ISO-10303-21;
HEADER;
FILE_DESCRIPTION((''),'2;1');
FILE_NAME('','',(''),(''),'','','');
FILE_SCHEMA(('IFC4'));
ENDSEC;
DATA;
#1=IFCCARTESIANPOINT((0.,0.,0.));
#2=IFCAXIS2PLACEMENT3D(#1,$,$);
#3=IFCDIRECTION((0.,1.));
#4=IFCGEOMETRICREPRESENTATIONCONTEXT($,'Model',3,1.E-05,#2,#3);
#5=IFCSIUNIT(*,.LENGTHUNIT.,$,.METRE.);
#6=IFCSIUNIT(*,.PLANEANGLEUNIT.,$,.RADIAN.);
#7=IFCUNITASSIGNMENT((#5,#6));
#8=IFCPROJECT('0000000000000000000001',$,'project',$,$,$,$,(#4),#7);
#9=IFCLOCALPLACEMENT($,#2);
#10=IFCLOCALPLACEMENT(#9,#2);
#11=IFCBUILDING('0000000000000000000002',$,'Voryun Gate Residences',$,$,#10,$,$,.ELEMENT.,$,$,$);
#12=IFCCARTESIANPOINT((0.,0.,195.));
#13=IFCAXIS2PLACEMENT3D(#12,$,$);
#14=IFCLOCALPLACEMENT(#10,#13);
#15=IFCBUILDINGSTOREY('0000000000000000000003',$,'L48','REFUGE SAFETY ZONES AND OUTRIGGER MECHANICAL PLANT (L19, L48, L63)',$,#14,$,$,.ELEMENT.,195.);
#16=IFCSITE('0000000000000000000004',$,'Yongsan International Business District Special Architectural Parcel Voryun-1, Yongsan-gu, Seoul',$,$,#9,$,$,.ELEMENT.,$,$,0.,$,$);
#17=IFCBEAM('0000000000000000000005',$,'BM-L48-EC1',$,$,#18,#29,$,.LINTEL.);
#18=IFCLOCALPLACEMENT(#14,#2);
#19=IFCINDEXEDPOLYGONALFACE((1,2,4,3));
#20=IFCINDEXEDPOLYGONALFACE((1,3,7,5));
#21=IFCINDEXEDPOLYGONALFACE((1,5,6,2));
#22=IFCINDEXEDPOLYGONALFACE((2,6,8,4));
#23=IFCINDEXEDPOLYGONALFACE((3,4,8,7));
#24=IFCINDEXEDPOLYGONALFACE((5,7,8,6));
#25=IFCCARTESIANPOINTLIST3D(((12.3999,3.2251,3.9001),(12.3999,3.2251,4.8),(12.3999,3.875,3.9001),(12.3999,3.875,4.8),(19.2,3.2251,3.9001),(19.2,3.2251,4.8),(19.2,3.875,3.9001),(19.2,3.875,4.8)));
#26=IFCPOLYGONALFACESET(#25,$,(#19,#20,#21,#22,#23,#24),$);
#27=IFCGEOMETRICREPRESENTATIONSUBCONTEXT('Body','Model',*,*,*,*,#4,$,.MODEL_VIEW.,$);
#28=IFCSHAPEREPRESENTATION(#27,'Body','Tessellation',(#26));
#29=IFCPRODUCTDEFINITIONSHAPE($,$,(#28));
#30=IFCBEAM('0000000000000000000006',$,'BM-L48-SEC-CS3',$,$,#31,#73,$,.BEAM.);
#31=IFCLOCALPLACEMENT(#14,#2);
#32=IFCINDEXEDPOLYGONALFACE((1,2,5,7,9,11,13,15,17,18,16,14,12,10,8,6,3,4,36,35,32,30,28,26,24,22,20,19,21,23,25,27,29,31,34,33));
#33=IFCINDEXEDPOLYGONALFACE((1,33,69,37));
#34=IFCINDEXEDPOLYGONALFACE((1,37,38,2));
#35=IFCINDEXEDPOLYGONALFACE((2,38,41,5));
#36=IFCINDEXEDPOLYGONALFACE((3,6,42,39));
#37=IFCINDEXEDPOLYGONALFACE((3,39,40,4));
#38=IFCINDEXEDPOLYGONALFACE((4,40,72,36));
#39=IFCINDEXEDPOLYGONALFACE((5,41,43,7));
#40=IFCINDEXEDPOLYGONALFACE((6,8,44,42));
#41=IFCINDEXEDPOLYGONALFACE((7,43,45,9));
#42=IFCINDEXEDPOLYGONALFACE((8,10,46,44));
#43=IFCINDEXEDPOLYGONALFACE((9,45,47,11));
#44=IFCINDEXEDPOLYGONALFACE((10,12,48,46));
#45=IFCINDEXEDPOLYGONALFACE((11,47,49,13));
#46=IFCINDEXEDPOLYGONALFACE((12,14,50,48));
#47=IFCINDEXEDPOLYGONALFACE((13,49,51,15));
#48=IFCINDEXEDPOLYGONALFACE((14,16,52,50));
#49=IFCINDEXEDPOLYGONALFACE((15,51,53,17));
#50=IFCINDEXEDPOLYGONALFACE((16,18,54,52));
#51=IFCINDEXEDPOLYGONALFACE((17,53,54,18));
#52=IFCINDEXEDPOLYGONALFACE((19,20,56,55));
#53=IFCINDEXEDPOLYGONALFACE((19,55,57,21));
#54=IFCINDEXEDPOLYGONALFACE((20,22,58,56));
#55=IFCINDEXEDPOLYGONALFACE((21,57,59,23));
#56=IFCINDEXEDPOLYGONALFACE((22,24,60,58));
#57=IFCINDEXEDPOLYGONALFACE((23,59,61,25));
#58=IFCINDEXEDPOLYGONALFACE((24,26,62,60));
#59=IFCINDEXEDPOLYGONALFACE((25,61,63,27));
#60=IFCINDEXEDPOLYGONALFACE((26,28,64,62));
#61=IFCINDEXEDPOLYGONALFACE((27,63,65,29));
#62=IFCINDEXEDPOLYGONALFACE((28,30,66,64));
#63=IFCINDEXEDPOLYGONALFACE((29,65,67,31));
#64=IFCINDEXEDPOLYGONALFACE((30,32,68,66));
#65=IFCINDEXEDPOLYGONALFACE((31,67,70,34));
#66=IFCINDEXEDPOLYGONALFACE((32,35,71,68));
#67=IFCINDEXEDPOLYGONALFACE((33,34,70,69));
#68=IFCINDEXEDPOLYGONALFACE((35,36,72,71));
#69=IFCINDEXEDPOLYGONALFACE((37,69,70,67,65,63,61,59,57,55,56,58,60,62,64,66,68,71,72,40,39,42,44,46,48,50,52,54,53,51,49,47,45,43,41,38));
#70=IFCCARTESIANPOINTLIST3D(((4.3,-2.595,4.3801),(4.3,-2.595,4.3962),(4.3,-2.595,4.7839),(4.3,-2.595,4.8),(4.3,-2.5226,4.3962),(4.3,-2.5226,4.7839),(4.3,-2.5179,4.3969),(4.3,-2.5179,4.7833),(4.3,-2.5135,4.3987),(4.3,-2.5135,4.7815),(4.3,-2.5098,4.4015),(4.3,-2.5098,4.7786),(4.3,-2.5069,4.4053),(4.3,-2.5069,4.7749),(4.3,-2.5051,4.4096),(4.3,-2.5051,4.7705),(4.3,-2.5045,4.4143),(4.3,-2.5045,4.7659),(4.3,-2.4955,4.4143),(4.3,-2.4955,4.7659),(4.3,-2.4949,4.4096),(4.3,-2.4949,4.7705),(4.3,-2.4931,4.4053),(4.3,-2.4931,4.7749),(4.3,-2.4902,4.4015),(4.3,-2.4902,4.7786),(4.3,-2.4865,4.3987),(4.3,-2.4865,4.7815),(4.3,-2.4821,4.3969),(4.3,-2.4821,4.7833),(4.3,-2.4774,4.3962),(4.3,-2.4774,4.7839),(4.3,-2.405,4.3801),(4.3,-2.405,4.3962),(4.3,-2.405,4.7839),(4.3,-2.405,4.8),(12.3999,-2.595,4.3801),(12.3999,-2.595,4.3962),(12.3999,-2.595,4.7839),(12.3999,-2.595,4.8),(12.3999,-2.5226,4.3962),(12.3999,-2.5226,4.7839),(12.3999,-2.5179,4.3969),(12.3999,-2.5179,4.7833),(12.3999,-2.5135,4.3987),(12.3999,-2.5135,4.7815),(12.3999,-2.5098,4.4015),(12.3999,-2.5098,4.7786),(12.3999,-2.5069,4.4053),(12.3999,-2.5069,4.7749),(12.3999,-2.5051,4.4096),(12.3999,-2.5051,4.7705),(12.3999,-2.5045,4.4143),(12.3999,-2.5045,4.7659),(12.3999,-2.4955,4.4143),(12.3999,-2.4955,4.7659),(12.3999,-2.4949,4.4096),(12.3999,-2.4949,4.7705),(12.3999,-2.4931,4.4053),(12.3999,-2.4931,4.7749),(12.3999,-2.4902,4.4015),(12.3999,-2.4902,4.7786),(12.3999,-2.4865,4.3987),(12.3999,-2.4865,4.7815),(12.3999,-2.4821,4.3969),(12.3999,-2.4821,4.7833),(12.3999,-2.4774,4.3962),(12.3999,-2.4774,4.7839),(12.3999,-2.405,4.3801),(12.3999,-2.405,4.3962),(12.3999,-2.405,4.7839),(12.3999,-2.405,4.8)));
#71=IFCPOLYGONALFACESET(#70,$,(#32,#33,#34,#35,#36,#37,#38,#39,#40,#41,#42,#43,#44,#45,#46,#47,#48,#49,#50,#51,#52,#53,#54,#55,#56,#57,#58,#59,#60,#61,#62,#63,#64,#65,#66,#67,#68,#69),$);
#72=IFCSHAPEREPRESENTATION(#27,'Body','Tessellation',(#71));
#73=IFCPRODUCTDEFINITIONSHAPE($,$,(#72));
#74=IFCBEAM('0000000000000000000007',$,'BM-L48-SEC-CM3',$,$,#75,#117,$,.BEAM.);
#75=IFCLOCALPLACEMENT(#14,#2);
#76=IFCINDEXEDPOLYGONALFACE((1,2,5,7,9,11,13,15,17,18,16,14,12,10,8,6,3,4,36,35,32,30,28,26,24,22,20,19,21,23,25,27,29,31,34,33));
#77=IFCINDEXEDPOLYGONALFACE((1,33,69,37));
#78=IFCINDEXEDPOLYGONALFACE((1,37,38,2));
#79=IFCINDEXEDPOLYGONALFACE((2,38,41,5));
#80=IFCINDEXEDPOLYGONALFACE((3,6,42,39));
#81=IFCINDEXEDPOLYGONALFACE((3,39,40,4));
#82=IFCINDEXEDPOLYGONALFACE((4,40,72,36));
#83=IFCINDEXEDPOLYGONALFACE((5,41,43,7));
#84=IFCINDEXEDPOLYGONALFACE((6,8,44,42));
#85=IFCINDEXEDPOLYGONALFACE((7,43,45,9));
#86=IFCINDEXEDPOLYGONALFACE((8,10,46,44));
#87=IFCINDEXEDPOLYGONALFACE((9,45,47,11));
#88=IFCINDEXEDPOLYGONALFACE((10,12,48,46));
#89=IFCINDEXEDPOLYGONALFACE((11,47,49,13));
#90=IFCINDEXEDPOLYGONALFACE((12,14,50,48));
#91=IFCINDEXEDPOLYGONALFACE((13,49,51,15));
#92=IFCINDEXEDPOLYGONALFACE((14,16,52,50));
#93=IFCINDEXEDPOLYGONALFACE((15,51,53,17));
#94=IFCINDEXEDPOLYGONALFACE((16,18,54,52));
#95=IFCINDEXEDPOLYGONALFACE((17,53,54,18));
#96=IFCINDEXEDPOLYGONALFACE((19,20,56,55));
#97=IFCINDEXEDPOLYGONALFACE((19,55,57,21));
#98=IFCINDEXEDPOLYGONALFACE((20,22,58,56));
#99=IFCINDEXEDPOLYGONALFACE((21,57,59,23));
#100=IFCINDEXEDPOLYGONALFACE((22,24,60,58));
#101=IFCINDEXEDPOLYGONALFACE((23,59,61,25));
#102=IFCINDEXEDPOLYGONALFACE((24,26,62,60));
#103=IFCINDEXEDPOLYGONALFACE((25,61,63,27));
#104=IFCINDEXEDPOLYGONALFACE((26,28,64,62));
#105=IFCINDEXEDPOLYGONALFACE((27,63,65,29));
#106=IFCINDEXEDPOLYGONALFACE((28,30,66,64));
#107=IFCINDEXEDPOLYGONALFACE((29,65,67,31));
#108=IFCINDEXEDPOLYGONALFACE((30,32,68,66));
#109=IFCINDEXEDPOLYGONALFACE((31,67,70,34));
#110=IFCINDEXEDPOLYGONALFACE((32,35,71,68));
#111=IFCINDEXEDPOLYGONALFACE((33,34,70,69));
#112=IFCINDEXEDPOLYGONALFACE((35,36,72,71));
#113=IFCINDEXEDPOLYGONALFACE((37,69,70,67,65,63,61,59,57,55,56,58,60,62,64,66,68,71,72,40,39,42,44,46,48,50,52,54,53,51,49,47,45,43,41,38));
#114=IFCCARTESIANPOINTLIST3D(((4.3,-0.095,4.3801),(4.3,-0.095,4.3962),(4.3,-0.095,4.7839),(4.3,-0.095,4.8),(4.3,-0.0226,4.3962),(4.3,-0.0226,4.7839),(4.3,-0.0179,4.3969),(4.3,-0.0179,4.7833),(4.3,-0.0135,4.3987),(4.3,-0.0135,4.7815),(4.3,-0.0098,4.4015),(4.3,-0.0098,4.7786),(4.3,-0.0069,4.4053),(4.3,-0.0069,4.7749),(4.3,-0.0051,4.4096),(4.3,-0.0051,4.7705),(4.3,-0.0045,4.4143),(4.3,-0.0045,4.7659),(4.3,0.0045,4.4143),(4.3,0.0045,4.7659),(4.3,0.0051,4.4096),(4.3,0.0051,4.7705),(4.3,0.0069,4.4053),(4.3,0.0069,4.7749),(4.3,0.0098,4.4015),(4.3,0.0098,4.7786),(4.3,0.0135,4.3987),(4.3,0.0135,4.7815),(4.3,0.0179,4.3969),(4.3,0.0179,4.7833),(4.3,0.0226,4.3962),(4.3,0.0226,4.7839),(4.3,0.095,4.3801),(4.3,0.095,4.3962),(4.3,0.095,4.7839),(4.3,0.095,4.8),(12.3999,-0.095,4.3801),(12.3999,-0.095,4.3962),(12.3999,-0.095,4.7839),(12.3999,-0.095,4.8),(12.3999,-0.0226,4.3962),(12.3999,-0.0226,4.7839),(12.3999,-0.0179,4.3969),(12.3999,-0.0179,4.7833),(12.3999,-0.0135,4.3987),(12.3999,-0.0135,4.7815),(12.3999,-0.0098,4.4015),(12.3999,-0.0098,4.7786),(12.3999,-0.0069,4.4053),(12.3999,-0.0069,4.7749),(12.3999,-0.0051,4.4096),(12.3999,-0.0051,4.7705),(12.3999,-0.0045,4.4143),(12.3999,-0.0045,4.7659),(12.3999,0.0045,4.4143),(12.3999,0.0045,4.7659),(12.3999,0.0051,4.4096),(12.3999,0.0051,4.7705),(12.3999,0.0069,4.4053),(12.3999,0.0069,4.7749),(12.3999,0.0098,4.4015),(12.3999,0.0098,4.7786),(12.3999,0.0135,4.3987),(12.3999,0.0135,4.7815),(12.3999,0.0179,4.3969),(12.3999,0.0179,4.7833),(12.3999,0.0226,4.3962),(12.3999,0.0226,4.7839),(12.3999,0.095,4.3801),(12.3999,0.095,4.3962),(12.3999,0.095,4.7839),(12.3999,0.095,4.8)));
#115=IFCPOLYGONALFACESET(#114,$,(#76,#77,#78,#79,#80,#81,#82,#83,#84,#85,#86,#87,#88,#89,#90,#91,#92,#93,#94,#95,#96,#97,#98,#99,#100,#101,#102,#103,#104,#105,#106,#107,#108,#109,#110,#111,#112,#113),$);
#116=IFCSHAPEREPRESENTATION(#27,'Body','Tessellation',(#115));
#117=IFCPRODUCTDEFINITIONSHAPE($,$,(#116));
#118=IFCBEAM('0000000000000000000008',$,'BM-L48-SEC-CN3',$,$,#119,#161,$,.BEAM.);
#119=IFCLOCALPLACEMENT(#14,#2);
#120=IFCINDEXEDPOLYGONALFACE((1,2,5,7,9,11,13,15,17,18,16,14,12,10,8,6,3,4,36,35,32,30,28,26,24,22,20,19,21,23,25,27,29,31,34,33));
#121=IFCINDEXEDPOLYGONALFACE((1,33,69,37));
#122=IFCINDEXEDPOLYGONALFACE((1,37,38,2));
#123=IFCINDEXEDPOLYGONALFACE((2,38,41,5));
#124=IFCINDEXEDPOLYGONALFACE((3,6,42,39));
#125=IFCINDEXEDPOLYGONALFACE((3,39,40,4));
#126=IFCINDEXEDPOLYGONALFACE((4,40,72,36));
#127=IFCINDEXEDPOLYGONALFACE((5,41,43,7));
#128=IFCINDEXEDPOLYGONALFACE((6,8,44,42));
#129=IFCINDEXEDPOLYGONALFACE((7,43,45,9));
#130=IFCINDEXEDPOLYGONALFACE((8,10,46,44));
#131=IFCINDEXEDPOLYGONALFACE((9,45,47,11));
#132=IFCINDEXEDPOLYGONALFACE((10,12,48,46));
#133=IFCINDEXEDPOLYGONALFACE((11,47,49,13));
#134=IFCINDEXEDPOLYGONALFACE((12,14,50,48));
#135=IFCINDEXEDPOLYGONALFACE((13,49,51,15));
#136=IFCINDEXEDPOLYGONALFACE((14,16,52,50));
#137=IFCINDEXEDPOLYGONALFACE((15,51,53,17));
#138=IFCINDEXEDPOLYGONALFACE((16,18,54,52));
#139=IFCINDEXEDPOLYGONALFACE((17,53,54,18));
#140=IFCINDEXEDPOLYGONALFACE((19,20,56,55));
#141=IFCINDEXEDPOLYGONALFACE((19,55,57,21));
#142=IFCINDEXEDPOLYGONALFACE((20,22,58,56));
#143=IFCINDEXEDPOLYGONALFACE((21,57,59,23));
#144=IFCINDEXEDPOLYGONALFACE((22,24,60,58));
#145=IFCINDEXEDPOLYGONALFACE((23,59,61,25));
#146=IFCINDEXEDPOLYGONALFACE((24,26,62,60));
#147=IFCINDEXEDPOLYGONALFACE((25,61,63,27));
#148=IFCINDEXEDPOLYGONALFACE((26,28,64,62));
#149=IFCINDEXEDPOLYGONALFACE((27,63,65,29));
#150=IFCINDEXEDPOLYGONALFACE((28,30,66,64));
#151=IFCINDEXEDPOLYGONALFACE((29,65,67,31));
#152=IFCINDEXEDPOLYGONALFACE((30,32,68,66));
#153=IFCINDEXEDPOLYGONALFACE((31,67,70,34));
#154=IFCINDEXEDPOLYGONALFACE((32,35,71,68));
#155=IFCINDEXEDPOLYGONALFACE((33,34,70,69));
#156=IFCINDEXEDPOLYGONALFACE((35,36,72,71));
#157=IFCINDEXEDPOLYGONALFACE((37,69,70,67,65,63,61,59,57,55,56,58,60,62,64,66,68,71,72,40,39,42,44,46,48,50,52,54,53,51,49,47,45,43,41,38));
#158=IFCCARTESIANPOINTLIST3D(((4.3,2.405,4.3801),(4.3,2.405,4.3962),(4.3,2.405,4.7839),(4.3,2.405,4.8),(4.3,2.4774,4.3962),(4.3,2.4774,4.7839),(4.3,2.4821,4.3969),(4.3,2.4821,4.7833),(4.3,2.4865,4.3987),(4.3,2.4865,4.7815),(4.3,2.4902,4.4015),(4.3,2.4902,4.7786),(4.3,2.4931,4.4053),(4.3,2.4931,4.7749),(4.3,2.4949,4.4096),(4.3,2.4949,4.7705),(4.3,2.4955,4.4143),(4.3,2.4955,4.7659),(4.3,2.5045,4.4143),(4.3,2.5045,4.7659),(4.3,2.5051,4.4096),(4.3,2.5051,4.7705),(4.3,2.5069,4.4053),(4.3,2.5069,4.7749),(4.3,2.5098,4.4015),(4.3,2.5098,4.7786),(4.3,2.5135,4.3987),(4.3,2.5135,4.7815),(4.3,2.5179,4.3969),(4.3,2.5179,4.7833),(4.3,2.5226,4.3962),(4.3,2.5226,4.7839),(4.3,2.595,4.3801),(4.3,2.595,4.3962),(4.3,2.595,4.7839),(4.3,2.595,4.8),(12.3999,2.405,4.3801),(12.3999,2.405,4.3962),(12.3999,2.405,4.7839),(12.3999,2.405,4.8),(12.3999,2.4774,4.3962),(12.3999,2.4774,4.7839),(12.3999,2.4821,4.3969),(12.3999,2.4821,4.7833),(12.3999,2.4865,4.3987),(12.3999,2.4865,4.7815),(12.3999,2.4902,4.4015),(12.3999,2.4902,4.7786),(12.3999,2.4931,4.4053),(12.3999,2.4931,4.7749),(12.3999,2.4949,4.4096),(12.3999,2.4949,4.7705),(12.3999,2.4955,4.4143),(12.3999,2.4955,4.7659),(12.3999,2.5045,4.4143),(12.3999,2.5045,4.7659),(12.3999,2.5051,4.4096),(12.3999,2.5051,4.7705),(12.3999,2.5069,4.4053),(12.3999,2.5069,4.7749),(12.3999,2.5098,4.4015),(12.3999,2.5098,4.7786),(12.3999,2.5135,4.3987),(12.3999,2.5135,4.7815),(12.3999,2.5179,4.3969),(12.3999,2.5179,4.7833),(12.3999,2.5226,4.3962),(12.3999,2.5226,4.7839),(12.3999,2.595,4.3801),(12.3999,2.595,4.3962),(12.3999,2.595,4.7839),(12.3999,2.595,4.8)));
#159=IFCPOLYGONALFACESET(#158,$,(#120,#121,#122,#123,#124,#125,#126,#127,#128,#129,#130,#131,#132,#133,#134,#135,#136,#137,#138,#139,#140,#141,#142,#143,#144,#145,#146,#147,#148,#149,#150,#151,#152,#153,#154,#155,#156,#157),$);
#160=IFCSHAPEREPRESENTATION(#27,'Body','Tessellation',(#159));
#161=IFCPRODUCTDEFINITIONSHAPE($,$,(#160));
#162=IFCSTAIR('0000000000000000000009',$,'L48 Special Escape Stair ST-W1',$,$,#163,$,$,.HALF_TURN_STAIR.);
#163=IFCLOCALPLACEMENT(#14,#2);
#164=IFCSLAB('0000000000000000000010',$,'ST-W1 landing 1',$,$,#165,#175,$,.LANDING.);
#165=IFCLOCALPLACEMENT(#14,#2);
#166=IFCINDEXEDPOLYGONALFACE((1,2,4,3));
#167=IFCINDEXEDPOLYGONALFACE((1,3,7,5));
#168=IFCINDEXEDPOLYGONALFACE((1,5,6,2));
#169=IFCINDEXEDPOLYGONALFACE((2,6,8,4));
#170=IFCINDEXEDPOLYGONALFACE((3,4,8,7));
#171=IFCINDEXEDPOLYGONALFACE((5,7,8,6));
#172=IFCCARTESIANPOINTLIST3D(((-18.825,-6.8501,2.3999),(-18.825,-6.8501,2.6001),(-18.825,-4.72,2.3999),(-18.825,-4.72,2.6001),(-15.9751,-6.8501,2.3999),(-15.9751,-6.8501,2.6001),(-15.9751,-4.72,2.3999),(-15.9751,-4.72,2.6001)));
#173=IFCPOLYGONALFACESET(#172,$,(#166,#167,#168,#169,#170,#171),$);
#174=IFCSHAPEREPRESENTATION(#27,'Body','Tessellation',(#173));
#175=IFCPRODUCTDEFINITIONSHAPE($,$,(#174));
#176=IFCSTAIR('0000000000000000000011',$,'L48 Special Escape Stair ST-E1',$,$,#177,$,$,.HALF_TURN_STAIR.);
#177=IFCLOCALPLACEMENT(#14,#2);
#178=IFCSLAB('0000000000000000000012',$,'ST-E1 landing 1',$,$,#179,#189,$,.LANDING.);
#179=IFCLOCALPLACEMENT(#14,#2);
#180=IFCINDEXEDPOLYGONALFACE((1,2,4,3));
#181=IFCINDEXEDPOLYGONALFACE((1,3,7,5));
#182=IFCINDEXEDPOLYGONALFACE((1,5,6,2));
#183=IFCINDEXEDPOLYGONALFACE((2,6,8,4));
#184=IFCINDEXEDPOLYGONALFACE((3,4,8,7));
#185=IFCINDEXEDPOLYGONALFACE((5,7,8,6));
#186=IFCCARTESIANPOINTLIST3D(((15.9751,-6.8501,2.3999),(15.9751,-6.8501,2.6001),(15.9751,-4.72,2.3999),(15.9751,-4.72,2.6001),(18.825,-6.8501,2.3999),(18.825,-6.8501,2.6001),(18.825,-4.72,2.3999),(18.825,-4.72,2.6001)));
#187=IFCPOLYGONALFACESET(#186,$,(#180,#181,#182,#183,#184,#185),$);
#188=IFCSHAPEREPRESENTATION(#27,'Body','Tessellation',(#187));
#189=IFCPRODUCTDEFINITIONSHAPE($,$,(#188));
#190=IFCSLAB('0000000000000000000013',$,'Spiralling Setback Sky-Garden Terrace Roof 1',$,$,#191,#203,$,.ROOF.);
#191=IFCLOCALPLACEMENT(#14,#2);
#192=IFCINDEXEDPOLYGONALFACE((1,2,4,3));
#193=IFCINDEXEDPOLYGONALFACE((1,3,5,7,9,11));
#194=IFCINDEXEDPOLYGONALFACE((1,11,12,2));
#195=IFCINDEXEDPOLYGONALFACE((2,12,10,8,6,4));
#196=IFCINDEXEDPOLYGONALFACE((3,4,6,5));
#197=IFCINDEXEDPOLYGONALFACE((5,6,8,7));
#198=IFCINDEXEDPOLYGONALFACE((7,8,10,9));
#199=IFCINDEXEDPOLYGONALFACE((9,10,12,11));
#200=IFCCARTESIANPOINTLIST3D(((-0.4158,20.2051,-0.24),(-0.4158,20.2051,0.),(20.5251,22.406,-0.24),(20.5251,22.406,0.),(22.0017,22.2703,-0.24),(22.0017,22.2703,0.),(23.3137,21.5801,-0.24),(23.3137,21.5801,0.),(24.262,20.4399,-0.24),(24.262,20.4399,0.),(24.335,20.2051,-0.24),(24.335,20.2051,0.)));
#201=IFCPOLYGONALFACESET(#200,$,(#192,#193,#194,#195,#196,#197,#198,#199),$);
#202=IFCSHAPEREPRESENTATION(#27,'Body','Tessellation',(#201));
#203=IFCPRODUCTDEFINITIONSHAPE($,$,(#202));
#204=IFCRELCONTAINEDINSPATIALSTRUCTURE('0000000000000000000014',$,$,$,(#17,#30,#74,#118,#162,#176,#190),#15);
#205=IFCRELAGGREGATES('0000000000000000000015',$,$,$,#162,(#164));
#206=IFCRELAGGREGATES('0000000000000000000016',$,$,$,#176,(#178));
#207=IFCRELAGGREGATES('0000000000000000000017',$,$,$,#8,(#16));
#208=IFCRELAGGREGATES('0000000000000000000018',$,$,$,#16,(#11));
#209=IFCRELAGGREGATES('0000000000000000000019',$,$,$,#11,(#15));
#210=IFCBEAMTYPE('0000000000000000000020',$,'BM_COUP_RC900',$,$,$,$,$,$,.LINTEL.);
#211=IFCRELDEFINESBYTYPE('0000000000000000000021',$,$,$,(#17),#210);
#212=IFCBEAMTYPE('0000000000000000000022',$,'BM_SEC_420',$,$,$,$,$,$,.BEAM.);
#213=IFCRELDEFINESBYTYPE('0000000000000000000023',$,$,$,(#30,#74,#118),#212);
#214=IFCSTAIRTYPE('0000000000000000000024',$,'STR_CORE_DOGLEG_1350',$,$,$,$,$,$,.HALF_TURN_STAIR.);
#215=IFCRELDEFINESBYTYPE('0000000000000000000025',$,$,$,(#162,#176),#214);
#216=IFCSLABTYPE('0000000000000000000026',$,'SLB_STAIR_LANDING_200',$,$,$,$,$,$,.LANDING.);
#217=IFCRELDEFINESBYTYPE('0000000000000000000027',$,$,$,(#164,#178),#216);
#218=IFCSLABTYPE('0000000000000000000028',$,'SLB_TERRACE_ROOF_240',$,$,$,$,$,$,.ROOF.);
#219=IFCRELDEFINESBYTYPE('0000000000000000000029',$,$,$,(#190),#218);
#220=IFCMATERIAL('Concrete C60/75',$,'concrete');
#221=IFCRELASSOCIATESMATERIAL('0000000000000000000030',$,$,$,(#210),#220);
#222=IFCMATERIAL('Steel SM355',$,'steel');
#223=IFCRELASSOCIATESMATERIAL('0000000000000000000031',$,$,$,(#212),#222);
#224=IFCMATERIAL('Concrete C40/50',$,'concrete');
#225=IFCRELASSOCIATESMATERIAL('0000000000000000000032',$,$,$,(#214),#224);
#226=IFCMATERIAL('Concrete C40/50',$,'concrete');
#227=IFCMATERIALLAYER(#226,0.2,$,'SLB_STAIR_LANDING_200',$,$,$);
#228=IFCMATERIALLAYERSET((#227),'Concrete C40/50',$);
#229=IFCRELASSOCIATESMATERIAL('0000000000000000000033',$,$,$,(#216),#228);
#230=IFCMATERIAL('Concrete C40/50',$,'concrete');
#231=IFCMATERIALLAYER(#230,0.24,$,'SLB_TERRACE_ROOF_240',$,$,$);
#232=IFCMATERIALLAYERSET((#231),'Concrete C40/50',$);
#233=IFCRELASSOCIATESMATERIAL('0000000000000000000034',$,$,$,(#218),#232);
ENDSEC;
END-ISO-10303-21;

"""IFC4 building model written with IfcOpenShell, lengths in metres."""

from ifc_helpers import new_model, si_unit, direction, frame, origin, origin_2d, place, context, subcontext, project, spatial, polyline, rectangle, i_section, outline, extrude, material, layer, layer_set, material_profile, profile_set, type_object, element, aggregate, save


model = new_model("IFC4")

# Units and contexts
model_context = context("Model", 3, precision=1e-05, world=origin(), true_north=direction((0.0, 1.0)))
body_context = subcontext(model_context, "Body", "Model", "MODEL_VIEW")
ifc_project = project(units=[si_unit("LENGTHUNIT", "METRE"), si_unit("PLANEANGLEUNIT", "RADIAN")], contexts=[model_context])

# Site, building, storey
site_placement = place(None, origin())
site = spatial("IfcSite", under=ifc_project, at=site_placement, Name="Yongsan International Business District Special Architectural Parcel Voryun-1, Yongsan-gu, Seoul", CompositionType="ELEMENT", RefElevation=0.0)
building_placement = place(site_placement, origin())
building = spatial("IfcBuilding", under=site, at=building_placement, Name="Voryun Gate Residences", CompositionType="ELEMENT")
storey_placement = place(building_placement, frame((0.0, 0.0, 195.0)))
storey = spatial("IfcBuildingStorey", under=building, at=storey_placement, Name="L48", Description="REFUGE SAFETY ZONES AND OUTRIGGER MECHANICAL PLANT (L19, L48, L63)", CompositionType="ELEMENT", Elevation=195.0)

# Beams
ifc_material_1 = material(Name="Concrete C60/75", Category="concrete")
ifc_material_profile_1 = material_profile(ifc_material_1, rectangle(XDim=0.6499, YDim=0.8999, at=origin_2d()), Name="RC-650x900")
ifc_profile_set_1 = profile_set([ifc_material_profile_1], Name="Concrete C60/75")
beam_type_1 = type_object("IfcBeamType", Name="BM_COUP_RC900", PredefinedType="LINTEL", material=ifc_profile_set_1)
beam_placement = place(storey_placement, frame((12.3999, 3.55, 4.3501), z_axis=(1.0, 0.0, 0.0), x_axis=(0.0, 1.0, 0.0)))
element("IfcBeam", 1, at=beam_placement, inside=storey, type_object=beam_type_1, Name="BM-L48-EC1", PredefinedType="LINTEL", context=body_context, shape_type="SweptSolid", body=[
    extrude(rectangle(XDim=0.6499, YDim=0.8999, at=origin_2d()), origin(), (0.0, 0.0, 1.0), 6.8),
])
ifc_material_2 = material(Name="Steel SM355", Category="steel")
ifc_material_profile_2 = material_profile(ifc_material_2, i_section(OverallWidth=0.1899, OverallDepth=0.4199, WebThickness=0.009, FlangeThickness=0.0161, FilletRadius=0.0181, at=origin_2d()), Name="H-420x190x9x16")
ifc_profile_set_2 = profile_set([ifc_material_profile_2], Name="Steel SM355")
beam_type_2 = type_object("IfcBeamType", Name="BM_SEC_420", PredefinedType="BEAM", material=ifc_profile_set_2)
for number, where, z_axis, x_axis, name in (
    (2, (4.3, -2.5, 4.5901), (1.0, 0.0, 0.0), (0.0, 1.0, 0.0), "BM-L48-SEC-CS3"),
    (3, (4.3, 0.0, 4.5901), (1.0, 0.0, 0.0), (0.0, 1.0, 0.0), "BM-L48-SEC-CM3"),
    (4, (4.3, 2.5, 4.5901), (1.0, 0.0, 0.0), (0.0, 1.0, 0.0), "BM-L48-SEC-CN3"),
):
    element("IfcBeam", number, at=place(storey_placement, frame(where, z_axis=z_axis, x_axis=x_axis)), inside=storey, type_object=beam_type_2, Name=name, PredefinedType="BEAM", context=body_context, shape_type="SweptSolid", body=[
        extrude(i_section(OverallWidth=0.1899, OverallDepth=0.4199, WebThickness=0.009, FlangeThickness=0.0161, FilletRadius=0.0181, at=origin_2d()), origin(), (0.0, 0.0, 1.0), 8.0999),
    ])

# Stairs, slabs
ifc_material_3 = material(Name="Concrete C40/50", Category="concrete")
stair_type = type_object("IfcStairType", Name="STR_CORE_DOGLEG_1350", PredefinedType="HALF_TURN_STAIR", material=ifc_material_3)
stair_1_placement = place(storey_placement, origin())
stair_1 = element("IfcStair", 5, at=stair_1_placement, inside=storey, type_object=stair_type, Name="L48 Special Escape Stair ST-W1", PredefinedType="HALF_TURN_STAIR")
ifc_material_4 = material(Name="Concrete C40/50", Category="concrete")
ifc_layer_1 = layer(ifc_material_4, 0.2, Name="SLB_STAIR_LANDING_200")
ifc_layer_set_1 = layer_set([ifc_layer_1], Name="Concrete C40/50")
slab_type_1 = type_object("IfcSlabType", Name="SLB_STAIR_LANDING_200", PredefinedType="LANDING", material=ifc_layer_set_1)
slab_1_placement = place(storey_placement, frame((0.0, 0.0, 2.3999)))
slab_1 = element("IfcSlab", 6, at=slab_1_placement, type_object=slab_type_1, Name="ST-W1 landing 1", PredefinedType="LANDING", context=body_context, shape_type="SweptSolid", body=[
    extrude(outline(polyline([(-18.825, -4.72), (-18.825, -6.8501), (-15.9751, -6.8501), (-15.9751, -4.72), (-18.825, -4.72)])), origin(), (0.0, 0.0, 1.0), 0.2002),
])
aggregate(stair_1, [slab_1])
stair_2_placement = place(storey_placement, origin())
stair_2 = element("IfcStair", 7, at=stair_2_placement, inside=storey, type_object=stair_type, Name="L48 Special Escape Stair ST-E1", PredefinedType="HALF_TURN_STAIR")
slab_2_placement = place(storey_placement, frame((0.0, 0.0, 2.3999)))
slab_2 = element("IfcSlab", 8, at=slab_2_placement, type_object=slab_type_1, Name="ST-E1 landing 1", PredefinedType="LANDING", context=body_context, shape_type="SweptSolid", body=[
    extrude(outline(polyline([(15.9751, -4.72), (15.9751, -6.8501), (18.825, -6.8501), (18.825, -4.72), (15.9751, -4.72)])), origin(), (0.0, 0.0, 1.0), 0.2002),
])
aggregate(stair_2, [slab_2])

# Slab
ifc_material_5 = material(Name="Concrete C40/50", Category="concrete")
ifc_layer_2 = layer(ifc_material_5, 0.24, Name="SLB_TERRACE_ROOF_240")
ifc_layer_set_2 = layer_set([ifc_layer_2], Name="Concrete C40/50")
slab_type_2 = type_object("IfcSlabType", Name="SLB_TERRACE_ROOF_240", PredefinedType="ROOF", material=ifc_layer_set_2)
slab_3_placement = place(storey_placement, frame((0.0, 0.0, -0.24)))
element("IfcSlab", 9, at=slab_3_placement, inside=storey, type_object=slab_type_2, Name="Spiralling Setback Sky-Garden Terrace Roof 1", PredefinedType="ROOF", context=body_context, shape_type="SweptSolid", body=[
    extrude(outline(polyline([(20.5251, 22.406), (22.0017, 22.2703), (23.3137, 21.5801), (24.262, 20.4399), (24.335, 20.2051), (-0.4158, 20.2051), (20.5251, 22.406)])), origin(), (0.0, 0.0, 1.0), 0.24),
])

save(model, "model.ifc")
